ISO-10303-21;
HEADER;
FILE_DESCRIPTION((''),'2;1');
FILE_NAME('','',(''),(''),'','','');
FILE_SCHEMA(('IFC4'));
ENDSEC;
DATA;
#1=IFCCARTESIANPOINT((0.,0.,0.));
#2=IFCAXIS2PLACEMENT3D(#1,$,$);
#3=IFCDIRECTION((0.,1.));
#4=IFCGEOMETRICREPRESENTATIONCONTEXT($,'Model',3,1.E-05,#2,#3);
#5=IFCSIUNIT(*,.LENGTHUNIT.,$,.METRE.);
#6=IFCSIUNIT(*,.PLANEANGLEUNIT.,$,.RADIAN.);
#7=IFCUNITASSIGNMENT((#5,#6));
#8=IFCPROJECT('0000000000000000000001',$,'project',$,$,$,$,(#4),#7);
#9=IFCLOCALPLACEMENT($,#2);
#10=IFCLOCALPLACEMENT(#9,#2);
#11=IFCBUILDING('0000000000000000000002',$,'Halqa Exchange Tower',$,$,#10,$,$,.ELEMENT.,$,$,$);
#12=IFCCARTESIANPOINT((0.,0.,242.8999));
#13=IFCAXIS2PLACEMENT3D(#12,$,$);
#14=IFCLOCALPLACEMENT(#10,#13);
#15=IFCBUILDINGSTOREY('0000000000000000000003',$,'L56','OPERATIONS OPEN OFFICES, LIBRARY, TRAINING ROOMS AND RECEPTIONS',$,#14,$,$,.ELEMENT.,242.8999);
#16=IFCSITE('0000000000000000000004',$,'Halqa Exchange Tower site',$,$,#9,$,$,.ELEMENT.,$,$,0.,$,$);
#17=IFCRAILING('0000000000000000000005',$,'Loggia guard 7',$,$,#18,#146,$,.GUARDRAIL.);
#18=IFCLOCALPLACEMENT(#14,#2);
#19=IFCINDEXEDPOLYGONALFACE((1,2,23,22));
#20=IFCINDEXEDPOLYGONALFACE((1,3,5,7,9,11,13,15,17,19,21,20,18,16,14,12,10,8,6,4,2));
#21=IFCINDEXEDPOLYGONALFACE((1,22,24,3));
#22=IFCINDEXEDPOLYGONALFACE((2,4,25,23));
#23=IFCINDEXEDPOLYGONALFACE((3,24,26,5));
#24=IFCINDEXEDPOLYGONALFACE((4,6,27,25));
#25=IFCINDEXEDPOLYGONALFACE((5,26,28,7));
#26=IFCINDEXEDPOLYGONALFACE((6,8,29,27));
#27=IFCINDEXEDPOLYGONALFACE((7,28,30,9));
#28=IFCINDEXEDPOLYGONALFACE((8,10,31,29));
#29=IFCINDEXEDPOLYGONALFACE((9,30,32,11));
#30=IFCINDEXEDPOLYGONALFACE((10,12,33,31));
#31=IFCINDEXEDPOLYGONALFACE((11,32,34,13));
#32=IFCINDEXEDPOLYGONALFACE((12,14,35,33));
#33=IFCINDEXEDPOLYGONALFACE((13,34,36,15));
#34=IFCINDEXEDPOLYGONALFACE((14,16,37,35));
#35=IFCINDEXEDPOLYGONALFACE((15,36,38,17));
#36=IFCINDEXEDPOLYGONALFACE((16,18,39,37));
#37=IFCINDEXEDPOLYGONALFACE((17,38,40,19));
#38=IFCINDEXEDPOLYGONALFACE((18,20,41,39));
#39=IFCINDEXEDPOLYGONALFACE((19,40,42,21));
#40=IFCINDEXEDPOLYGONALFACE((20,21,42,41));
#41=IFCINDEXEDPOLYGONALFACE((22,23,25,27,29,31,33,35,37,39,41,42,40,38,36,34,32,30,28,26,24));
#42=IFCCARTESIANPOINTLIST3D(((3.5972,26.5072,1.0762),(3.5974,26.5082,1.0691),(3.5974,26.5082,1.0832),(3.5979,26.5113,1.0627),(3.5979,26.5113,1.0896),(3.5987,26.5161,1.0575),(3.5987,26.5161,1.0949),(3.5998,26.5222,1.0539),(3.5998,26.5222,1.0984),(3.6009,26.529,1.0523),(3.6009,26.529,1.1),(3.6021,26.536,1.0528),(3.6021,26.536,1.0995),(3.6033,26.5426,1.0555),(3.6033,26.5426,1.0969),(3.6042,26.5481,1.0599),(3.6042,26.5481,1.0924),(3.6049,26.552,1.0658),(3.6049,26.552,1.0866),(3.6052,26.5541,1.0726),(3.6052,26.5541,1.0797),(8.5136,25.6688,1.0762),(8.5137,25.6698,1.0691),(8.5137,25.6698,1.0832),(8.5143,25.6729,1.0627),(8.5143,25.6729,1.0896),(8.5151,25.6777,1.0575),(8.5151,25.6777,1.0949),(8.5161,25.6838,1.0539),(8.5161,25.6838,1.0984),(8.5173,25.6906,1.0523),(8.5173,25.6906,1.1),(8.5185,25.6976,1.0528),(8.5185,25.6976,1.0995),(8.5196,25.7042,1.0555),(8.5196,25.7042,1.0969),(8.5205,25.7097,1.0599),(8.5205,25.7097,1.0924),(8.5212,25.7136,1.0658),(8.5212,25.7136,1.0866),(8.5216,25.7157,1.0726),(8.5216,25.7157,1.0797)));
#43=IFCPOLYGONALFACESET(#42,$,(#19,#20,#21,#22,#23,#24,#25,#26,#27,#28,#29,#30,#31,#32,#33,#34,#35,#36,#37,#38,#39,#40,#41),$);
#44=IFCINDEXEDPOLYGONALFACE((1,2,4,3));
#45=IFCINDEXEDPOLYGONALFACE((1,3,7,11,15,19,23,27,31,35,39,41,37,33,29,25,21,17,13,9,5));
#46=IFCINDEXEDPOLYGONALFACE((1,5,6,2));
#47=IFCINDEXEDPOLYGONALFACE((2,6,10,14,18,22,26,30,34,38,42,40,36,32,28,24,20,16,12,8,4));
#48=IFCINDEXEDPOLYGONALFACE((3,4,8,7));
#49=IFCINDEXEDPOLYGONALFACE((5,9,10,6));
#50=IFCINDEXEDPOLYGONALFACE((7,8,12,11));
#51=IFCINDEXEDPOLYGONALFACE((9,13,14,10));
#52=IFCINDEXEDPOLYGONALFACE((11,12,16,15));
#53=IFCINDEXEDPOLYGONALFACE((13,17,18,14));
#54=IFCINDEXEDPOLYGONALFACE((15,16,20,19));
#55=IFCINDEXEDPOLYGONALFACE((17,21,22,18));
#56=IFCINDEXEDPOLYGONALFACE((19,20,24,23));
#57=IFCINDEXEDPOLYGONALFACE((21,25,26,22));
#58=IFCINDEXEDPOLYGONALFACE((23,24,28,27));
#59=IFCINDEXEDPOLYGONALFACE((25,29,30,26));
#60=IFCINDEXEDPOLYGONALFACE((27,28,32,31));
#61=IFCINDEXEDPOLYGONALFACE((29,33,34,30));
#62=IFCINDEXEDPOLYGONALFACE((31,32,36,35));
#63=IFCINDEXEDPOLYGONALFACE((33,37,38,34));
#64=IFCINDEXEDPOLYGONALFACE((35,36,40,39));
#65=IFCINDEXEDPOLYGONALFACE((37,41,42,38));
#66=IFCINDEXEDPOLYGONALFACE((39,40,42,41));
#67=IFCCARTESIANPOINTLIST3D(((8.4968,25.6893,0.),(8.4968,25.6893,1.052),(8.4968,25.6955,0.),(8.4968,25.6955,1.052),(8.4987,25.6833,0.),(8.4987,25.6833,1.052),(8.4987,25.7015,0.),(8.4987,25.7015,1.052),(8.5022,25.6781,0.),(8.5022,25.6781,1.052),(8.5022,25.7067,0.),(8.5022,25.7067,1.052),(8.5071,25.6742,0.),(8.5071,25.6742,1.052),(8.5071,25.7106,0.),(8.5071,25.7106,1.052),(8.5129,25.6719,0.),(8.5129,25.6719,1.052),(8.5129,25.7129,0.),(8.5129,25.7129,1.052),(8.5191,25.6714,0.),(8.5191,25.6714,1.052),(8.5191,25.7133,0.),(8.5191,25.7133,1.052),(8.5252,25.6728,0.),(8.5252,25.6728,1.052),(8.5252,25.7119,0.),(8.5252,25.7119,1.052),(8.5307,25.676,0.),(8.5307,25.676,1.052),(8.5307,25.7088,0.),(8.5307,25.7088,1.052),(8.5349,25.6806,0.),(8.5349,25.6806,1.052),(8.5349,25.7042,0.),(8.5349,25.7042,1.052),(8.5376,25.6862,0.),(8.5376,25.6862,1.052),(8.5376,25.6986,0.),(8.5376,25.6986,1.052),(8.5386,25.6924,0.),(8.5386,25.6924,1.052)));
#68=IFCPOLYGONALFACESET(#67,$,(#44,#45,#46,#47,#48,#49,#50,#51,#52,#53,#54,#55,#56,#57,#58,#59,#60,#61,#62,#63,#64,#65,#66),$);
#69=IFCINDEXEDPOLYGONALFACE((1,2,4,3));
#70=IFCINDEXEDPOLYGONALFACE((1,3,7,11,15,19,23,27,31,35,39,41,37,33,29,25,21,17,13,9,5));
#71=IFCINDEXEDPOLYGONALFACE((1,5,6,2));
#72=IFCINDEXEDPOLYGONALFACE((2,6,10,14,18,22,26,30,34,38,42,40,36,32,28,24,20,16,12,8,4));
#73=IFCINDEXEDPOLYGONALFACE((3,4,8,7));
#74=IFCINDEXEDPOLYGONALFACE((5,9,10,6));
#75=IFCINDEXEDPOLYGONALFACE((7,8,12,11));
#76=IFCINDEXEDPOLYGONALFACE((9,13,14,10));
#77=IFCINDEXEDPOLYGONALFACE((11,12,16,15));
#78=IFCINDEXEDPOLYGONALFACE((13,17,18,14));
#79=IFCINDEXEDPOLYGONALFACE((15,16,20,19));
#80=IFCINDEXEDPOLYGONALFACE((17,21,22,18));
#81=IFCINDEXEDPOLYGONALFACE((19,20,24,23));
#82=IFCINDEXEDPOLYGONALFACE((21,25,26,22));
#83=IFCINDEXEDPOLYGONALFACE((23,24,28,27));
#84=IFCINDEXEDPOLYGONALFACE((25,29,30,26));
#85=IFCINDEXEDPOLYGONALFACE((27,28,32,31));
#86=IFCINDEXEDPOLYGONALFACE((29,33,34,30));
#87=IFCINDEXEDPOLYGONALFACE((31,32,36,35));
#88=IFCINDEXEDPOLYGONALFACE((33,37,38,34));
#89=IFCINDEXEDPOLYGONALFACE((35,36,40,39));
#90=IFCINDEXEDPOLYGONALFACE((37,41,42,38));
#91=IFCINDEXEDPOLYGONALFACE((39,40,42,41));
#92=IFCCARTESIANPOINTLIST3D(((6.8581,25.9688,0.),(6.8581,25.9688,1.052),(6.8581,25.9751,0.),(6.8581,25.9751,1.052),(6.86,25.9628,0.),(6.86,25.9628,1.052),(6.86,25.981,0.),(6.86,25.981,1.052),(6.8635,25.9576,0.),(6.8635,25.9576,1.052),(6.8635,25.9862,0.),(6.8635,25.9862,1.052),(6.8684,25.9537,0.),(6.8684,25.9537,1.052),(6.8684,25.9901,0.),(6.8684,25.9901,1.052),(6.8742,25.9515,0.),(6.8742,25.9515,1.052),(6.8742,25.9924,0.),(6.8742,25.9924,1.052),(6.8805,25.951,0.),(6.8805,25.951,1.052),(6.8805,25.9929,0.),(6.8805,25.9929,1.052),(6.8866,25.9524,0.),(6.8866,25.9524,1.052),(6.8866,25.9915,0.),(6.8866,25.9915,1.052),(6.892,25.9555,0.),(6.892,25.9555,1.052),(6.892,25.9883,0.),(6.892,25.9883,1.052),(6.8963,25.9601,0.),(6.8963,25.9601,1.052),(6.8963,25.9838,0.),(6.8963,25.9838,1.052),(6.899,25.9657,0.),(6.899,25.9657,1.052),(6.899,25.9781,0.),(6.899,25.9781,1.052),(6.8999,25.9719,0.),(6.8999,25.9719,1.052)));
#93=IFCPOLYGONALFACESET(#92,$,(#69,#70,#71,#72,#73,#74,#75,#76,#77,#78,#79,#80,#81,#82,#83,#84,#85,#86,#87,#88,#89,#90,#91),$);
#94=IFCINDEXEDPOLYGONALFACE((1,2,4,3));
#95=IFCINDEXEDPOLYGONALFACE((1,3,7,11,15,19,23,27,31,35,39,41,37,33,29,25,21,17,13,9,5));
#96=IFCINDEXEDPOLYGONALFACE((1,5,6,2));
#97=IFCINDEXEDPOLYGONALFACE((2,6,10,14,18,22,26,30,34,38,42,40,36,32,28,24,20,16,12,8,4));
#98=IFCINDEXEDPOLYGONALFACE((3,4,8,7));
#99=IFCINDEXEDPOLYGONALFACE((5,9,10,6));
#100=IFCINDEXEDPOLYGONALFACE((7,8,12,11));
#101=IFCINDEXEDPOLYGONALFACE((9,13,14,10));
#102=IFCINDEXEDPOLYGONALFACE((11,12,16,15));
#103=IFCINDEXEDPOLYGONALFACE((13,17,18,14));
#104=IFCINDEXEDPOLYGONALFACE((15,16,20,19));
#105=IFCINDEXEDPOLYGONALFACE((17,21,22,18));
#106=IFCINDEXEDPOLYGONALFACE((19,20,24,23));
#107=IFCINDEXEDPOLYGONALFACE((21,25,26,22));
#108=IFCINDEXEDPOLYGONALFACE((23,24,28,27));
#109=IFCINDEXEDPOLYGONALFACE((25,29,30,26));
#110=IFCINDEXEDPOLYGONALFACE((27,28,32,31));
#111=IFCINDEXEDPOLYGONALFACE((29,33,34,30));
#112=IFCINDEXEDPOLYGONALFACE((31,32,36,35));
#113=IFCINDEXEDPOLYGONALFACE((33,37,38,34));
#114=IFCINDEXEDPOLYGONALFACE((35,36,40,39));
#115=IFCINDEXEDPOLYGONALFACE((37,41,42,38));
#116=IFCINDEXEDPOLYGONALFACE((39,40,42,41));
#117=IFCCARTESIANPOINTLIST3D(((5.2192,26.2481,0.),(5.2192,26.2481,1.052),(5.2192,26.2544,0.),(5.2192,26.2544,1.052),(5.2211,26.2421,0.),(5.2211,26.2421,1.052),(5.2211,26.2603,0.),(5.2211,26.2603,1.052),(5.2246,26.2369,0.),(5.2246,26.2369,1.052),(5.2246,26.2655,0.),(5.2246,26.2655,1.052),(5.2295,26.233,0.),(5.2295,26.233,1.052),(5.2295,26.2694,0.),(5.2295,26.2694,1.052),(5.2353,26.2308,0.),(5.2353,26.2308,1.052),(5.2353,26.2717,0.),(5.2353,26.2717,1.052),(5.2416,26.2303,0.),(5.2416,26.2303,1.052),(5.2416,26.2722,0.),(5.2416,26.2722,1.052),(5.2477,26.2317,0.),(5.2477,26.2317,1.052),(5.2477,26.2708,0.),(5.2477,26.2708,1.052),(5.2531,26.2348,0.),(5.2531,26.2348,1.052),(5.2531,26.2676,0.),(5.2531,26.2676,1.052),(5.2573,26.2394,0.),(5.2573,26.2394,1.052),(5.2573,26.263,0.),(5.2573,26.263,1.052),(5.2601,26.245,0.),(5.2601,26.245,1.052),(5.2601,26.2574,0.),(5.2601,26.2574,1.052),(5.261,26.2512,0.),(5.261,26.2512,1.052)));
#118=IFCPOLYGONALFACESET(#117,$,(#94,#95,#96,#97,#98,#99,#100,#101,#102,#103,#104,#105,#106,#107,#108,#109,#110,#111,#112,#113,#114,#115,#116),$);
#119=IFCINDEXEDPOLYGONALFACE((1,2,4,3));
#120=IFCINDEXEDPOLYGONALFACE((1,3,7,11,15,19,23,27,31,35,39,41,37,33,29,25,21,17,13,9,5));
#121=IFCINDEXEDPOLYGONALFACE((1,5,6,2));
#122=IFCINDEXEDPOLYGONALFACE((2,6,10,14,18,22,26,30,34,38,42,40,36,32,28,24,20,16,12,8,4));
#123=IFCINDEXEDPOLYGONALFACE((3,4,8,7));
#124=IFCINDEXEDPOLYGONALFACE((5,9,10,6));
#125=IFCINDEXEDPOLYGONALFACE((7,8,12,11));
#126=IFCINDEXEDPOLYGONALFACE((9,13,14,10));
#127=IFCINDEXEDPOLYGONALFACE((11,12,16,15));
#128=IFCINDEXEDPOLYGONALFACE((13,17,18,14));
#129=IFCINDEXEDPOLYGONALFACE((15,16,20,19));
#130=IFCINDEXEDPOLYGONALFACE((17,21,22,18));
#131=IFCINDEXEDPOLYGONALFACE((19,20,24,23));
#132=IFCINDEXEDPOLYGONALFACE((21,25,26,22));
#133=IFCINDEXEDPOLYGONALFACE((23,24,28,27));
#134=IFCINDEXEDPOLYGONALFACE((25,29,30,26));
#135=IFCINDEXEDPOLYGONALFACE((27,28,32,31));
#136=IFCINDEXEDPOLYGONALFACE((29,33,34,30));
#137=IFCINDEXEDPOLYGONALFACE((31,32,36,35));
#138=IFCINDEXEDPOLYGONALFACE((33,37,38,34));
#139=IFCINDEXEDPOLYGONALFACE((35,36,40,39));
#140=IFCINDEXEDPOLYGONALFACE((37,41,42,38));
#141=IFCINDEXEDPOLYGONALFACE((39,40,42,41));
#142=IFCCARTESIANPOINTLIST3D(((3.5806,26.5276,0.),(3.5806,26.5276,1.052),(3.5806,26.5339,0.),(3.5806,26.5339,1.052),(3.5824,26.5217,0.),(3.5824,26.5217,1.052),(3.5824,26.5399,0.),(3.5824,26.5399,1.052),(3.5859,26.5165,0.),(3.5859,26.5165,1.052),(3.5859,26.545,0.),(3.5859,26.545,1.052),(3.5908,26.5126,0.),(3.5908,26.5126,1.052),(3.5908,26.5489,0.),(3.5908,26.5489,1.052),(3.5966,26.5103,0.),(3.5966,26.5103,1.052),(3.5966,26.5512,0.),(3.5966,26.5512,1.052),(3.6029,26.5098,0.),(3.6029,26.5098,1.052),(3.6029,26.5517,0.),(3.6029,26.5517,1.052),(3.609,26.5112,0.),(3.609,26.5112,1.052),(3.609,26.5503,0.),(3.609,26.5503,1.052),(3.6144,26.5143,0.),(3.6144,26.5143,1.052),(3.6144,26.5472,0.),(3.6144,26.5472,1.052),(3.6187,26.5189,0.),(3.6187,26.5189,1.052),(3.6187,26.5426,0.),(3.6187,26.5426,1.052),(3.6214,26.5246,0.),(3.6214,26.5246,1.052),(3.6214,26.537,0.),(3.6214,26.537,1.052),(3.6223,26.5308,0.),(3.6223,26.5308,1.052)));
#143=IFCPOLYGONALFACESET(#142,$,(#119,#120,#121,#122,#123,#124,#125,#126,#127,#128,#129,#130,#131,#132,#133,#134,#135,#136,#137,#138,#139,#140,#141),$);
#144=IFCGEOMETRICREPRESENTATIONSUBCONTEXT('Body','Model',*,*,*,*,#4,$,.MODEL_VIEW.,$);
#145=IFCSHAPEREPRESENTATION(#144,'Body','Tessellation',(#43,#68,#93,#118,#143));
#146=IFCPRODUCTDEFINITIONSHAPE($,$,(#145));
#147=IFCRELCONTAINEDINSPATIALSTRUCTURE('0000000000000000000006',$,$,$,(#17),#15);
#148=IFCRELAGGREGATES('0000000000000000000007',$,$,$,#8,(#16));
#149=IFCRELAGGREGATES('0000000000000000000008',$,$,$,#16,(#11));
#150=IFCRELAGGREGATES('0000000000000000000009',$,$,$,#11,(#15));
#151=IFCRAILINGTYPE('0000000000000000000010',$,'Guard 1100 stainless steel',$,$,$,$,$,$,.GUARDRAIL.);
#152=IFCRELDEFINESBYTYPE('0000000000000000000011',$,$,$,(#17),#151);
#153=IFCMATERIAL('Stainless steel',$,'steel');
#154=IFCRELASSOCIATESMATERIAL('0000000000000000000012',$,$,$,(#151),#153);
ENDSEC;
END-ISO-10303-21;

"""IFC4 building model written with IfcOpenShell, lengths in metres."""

from ifc_helpers import new_model, si_unit, direction, frame, origin, origin_2d, place, context, subcontext, project, spatial, circle, extrude, material, type_object, element, save


model = new_model("IFC4")

# Units and contexts
model_context = context("Model", 3, precision=1e-05, world=origin(), true_north=direction((0.0, 1.0)))
body_context = subcontext(model_context, "Body", "Model", "MODEL_VIEW")
ifc_project = project(units=[si_unit("LENGTHUNIT", "METRE"), si_unit("PLANEANGLEUNIT", "RADIAN")], contexts=[model_context])

# Site, building, storey
site_placement = place(None, origin())
site = spatial("IfcSite", under=ifc_project, at=site_placement, Name="Halqa Exchange Tower site", CompositionType="ELEMENT", RefElevation=0.0)
building_placement = place(site_placement, origin())
building = spatial("IfcBuilding", under=site, at=building_placement, Name="Halqa Exchange Tower", CompositionType="ELEMENT")
storey_placement = place(building_placement, frame((0.0, 0.0, 242.8999)))
storey = spatial("IfcBuildingStorey", under=building, at=storey_placement, Name="L56", Description="OPERATIONS OPEN OFFICES, LIBRARY, TRAINING ROOMS AND RECEPTIONS", CompositionType="ELEMENT", Elevation=242.8999)

# Railing
ifc_material_1 = material(Name="Stainless steel", Category="steel")
railing_type_1 = type_object("IfcRailingType", Name="Guard 1100 stainless steel", PredefinedType="GUARDRAIL", material=ifc_material_1)
railing_1_placement = place(storey_placement, frame((8.5176, 25.6924, 0.0)))
element("IfcRailing", 1, at=railing_1_placement, inside=storey, type_object=railing_type_1, Name="Loggia guard 7", PredefinedType="GUARDRAIL", context=body_context, shape_type="SweptSolid", body=[
    extrude(circle(Radius=0.0239, at=origin_2d()), frame((0.0, 0.0, 1.0762), z_axis=(-0.985769, 0.168105, 0.0), x_axis=(-0.168105, -0.985769, 0.0)), (0.0, 0.0, 1.0), 4.9873),
    extrude(circle(Radius=0.021, at=origin_2d()), origin(), (0.0, 0.0, 1.0), 1.052),
    extrude(circle(Radius=0.021, at=origin_2d()), frame((-1.6387, 0.2795, 0.0)), (0.0, 0.0, 1.0), 1.052),
    extrude(circle(Radius=0.021, at=origin_2d()), frame((-3.2776, 0.5588, 0.0)), (0.0, 0.0, 1.0), 1.052),
    extrude(circle(Radius=0.021, at=origin_2d()), frame((-4.9163, 0.8384, 0.0)), (0.0, 0.0, 1.0), 1.052),
])

save(model, "model.ifc")
